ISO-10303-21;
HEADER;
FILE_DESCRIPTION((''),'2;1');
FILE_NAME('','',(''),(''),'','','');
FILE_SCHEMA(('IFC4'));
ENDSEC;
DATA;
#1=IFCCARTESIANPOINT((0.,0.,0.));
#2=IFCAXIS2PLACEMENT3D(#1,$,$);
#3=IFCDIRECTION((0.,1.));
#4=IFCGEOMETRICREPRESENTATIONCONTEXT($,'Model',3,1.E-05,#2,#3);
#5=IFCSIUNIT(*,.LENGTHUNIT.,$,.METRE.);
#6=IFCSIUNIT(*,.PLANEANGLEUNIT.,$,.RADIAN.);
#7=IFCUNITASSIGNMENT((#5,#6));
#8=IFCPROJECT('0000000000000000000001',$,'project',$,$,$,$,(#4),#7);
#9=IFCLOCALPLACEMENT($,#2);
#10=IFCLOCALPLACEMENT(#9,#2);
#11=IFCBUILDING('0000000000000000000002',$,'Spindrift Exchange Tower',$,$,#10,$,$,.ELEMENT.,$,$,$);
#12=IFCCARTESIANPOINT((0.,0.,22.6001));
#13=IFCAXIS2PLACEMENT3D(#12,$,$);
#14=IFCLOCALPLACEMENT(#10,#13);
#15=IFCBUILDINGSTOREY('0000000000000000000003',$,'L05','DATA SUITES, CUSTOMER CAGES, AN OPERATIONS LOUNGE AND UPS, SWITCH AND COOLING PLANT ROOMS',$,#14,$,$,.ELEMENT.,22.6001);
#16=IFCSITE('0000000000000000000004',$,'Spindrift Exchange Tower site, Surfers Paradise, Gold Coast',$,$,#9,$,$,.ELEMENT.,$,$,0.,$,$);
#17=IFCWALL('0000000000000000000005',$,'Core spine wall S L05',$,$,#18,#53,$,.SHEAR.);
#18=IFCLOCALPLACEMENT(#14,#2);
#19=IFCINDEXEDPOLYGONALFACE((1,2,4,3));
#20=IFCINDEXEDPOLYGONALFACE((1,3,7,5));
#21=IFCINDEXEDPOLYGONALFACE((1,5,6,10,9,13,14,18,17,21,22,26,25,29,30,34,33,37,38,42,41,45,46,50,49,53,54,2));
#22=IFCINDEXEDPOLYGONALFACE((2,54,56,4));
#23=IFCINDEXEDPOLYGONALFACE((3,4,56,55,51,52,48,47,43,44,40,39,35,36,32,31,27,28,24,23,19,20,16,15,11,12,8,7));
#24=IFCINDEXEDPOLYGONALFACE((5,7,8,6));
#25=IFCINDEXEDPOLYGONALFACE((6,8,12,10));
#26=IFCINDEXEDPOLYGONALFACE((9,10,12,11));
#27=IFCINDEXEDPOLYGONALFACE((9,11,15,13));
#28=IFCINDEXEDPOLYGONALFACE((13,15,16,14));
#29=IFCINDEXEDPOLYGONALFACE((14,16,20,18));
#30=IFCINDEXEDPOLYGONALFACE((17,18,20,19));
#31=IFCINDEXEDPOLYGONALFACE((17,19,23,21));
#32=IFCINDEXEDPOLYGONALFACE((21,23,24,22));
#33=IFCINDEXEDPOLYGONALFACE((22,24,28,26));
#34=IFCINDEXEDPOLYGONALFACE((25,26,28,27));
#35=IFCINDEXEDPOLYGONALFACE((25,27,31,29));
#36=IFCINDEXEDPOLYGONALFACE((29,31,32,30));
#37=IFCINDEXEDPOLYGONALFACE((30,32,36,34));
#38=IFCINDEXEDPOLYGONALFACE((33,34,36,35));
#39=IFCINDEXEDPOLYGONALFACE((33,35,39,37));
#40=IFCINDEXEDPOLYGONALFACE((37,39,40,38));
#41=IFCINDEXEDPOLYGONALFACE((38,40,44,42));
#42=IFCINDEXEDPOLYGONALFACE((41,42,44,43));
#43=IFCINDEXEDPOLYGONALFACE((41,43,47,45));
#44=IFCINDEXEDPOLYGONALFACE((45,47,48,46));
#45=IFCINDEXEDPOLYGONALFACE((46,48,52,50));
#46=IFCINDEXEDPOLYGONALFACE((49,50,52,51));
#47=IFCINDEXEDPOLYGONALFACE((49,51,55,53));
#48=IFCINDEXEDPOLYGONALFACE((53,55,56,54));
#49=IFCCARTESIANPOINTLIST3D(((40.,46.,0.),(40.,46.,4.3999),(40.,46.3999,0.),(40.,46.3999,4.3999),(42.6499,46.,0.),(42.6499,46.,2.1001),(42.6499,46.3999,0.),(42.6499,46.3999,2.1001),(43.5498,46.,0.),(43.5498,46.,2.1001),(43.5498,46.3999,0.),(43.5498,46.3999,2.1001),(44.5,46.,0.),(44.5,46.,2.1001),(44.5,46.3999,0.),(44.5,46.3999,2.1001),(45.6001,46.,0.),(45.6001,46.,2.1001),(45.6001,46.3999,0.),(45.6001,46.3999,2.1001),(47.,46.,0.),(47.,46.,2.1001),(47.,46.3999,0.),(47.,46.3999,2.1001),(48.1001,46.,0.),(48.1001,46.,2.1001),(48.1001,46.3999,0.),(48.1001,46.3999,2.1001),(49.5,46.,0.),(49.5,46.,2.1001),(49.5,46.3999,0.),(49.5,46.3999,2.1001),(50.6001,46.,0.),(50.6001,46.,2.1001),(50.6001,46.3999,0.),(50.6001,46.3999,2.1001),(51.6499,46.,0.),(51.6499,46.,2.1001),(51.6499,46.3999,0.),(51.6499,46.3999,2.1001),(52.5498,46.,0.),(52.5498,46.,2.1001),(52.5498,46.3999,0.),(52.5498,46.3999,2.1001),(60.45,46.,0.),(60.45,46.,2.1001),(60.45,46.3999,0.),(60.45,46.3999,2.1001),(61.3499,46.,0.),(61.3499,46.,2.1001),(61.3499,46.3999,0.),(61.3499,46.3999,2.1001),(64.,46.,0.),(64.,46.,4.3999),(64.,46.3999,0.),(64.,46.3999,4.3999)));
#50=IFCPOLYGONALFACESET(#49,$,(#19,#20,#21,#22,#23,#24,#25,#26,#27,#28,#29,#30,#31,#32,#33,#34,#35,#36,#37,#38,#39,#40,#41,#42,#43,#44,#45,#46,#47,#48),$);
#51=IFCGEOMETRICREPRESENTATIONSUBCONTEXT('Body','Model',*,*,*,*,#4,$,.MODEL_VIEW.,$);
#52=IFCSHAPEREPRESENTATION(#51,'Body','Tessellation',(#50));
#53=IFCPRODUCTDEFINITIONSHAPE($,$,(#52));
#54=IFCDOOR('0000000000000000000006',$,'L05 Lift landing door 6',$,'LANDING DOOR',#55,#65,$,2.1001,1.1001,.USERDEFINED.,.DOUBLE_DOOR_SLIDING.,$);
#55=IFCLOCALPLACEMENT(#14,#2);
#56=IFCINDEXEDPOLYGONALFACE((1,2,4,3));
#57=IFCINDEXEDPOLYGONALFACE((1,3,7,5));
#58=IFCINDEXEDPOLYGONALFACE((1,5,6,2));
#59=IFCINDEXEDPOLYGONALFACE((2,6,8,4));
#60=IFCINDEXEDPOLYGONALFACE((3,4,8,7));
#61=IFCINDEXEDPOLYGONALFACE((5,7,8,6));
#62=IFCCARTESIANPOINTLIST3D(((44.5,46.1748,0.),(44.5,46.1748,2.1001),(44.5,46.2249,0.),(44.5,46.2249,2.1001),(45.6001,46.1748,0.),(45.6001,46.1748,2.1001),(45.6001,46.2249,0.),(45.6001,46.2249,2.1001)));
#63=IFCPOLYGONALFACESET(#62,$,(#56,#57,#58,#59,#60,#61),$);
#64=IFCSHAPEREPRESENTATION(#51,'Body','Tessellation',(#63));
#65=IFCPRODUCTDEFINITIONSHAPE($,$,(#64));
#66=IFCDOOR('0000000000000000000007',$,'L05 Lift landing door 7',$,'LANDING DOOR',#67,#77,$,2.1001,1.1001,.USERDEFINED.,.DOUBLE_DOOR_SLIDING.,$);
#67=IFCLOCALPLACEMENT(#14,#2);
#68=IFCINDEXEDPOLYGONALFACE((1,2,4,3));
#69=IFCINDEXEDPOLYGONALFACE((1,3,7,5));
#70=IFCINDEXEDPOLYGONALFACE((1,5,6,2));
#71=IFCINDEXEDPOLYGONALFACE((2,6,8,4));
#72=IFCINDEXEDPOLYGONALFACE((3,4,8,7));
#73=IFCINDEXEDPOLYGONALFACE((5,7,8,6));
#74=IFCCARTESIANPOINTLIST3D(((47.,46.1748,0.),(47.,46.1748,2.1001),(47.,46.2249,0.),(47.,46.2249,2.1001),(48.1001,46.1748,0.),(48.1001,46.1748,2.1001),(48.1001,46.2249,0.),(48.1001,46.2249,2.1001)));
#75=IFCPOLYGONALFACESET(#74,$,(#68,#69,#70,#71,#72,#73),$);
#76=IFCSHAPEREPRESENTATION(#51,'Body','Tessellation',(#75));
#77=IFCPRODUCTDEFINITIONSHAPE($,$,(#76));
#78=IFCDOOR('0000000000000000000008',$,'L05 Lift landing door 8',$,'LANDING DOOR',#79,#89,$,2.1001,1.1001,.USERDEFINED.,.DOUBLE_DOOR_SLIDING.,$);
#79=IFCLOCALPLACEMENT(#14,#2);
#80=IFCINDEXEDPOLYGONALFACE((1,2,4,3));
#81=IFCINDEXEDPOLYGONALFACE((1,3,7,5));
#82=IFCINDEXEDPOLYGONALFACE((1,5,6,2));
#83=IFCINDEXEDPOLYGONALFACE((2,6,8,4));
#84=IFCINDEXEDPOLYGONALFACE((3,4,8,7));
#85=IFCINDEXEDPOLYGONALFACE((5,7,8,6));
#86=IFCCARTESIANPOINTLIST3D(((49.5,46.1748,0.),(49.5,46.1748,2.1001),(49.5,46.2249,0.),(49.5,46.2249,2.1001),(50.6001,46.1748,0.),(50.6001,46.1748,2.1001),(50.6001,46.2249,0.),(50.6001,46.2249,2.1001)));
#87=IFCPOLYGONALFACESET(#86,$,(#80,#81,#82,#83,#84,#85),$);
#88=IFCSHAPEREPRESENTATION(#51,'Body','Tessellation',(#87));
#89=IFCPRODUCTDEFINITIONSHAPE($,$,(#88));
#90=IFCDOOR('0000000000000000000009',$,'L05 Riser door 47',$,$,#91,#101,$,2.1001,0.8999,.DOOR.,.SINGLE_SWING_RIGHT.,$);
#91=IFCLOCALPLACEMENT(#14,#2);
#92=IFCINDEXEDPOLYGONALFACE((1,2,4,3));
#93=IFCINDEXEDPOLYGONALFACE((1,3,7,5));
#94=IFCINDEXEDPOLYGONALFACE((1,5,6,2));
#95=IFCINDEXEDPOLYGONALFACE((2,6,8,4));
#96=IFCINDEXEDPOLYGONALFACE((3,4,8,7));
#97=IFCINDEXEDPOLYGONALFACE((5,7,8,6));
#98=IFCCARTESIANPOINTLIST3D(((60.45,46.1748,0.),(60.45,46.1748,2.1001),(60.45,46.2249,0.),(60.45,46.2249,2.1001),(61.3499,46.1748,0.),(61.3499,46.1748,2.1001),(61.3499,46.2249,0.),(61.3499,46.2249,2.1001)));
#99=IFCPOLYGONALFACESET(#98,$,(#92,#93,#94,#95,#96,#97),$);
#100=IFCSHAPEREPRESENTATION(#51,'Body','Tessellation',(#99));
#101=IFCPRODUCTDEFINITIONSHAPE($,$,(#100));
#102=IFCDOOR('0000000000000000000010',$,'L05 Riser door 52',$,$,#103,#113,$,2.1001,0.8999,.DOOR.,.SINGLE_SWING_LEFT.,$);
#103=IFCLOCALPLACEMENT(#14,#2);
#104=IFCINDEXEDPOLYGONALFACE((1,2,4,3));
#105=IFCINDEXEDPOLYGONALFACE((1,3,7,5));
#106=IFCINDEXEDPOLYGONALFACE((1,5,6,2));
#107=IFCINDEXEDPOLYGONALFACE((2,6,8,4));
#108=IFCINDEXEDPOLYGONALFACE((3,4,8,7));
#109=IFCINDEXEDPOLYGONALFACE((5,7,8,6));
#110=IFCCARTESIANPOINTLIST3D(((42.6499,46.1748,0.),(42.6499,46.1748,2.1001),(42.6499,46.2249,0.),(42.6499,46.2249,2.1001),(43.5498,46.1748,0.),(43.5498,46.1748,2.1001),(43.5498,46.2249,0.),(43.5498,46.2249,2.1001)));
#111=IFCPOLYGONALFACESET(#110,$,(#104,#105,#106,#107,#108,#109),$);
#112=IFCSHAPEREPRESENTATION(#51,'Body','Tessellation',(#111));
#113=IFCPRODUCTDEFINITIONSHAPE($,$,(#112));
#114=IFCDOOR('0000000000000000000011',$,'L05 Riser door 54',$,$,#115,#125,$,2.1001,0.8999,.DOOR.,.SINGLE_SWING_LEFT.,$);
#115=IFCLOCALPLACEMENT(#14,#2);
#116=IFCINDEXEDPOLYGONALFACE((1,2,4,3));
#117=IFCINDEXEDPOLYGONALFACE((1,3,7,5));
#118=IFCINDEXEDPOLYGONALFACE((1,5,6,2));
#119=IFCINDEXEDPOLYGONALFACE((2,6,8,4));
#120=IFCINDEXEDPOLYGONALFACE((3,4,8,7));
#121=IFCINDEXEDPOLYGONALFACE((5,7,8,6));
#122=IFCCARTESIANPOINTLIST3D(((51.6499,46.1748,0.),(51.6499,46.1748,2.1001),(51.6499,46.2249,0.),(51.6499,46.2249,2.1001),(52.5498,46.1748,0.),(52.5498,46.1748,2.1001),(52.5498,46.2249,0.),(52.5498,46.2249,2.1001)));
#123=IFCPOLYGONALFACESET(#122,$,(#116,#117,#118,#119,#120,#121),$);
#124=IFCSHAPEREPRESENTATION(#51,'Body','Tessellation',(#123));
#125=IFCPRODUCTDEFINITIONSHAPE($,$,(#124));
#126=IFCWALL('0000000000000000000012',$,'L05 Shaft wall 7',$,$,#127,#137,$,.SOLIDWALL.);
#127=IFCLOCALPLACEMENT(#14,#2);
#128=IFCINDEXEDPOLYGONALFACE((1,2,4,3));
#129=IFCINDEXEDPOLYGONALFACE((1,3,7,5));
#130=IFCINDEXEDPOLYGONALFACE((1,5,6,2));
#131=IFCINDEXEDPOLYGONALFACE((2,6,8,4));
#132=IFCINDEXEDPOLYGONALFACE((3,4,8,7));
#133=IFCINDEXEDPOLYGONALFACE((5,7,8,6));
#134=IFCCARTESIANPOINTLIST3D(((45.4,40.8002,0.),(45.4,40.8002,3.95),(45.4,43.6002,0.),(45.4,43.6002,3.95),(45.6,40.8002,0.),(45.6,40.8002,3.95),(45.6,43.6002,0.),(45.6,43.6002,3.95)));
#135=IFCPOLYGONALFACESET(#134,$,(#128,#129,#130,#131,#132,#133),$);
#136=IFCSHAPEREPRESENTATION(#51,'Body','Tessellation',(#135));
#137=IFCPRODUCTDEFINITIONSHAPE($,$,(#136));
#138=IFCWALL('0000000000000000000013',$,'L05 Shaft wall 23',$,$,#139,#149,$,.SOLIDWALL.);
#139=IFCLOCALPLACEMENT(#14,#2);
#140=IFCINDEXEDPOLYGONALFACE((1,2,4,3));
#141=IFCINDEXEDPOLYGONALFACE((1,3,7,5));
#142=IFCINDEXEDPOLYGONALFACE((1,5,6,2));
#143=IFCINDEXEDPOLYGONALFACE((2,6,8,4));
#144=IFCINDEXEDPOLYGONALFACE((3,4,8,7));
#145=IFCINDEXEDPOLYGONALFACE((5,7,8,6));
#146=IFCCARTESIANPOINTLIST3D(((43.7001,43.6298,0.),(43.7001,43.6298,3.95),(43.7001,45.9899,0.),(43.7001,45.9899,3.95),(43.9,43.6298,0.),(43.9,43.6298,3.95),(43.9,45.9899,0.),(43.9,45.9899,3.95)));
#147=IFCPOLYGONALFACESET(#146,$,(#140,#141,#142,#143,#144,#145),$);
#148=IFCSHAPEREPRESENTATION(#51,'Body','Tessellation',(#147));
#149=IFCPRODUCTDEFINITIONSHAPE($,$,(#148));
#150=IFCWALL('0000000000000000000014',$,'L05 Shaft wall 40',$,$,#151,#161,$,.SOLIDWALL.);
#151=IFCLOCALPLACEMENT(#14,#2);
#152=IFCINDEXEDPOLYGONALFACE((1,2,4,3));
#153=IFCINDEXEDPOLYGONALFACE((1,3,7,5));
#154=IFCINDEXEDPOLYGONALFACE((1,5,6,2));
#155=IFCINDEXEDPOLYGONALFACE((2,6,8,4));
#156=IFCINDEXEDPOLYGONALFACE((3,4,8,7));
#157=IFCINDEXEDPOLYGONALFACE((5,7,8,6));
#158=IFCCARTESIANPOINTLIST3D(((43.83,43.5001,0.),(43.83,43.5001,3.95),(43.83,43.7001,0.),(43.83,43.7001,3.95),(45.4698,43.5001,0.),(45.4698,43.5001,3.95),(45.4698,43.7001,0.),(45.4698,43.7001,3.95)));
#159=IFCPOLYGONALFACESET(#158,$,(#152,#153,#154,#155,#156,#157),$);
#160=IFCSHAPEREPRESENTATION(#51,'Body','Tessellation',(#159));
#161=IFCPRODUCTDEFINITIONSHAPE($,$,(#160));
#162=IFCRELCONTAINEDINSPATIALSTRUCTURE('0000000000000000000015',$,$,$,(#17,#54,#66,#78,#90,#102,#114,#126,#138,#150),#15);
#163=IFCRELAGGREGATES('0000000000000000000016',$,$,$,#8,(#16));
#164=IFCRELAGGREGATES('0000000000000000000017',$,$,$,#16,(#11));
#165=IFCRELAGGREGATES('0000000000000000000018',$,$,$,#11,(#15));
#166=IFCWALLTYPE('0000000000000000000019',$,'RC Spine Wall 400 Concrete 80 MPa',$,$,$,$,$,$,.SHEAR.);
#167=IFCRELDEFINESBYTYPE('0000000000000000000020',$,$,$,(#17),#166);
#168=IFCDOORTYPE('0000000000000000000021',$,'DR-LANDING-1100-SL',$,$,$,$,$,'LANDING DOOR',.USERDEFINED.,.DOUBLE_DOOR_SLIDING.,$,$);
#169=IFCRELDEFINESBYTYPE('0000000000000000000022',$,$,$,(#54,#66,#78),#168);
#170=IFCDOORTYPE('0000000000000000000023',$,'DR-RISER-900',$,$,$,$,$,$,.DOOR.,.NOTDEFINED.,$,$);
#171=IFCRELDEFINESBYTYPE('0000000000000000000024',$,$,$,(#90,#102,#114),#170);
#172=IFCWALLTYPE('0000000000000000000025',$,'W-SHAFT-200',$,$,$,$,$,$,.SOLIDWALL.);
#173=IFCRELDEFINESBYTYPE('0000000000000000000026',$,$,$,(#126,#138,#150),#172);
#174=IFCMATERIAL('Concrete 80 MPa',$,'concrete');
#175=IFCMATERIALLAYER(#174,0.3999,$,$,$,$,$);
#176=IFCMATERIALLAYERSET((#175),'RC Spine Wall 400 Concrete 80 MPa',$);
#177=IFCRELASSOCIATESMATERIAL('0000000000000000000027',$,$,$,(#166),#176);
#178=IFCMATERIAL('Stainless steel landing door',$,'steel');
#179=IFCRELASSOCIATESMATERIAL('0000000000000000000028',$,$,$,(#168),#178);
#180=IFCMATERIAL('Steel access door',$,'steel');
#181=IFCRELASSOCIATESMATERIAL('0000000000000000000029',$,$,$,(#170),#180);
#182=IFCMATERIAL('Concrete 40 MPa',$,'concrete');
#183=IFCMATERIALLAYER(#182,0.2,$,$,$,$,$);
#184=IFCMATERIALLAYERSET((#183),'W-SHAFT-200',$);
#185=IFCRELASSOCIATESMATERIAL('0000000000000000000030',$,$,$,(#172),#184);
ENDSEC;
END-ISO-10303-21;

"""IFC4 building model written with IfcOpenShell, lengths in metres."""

from ifc_helpers import new_model, si_unit, direction, frame, frame_2d, origin, place, context, subcontext, project, spatial, rectangle, extrude, source, transform, mapped, material, layer, layer_set, type_object, element, fill, save


model = new_model("IFC4")

# Units and contexts
model_context = context("Model", 3, precision=1e-05, world=origin(), true_north=direction((0.0, 1.0)))
body_context = subcontext(model_context, "Body", "Model", "MODEL_VIEW")
ifc_project = project(units=[si_unit("LENGTHUNIT", "METRE"), si_unit("PLANEANGLEUNIT", "RADIAN")], contexts=[model_context])

# Site, building, storey
site_placement = place(None, origin())
site = spatial("IfcSite", under=ifc_project, at=site_placement, Name="Spindrift Exchange Tower site, Surfers Paradise, Gold Coast", CompositionType="ELEMENT", RefElevation=0.0)
building_placement = place(site_placement, origin())
building = spatial("IfcBuilding", under=site, at=building_placement, Name="Spindrift Exchange Tower", CompositionType="ELEMENT")
storey_placement = place(building_placement, frame((0.0, 0.0, 22.6001)))
storey = spatial("IfcBuildingStorey", under=building, at=storey_placement, Name="L05", Description="DATA SUITES, CUSTOMER CAGES, AN OPERATIONS LOUNGE AND UPS, SWITCH AND COOLING PLANT ROOMS", CompositionType="ELEMENT", Elevation=22.6001)

# Wall, openings, doors
ifc_material_1 = material(Name="Concrete 80 MPa", Category="concrete")
ifc_layer_1 = layer(ifc_material_1, 0.3999)
ifc_layer_set_1 = layer_set([ifc_layer_1], Name="RC Spine Wall 400 Concrete 80 MPa")
wall_type_1 = type_object("IfcWallType", Name="RC Spine Wall 400 Concrete 80 MPa", PredefinedType="SHEAR", material=ifc_layer_set_1)
ifc_material_2 = material(Name="Stainless steel landing door", Category="steel")
door_type_1 = type_object("IfcDoorType", Name="DR-LANDING-1100-SL", ElementType="LANDING DOOR", OperationType="DOUBLE_DOOR_SLIDING", PredefinedType="USERDEFINED", material=ifc_material_2)
shared_shape_1 = source(origin(), body_context, "Body", "SweptSolid", [
    extrude(rectangle(XDim=1.1001, YDim=2.1001, at=frame_2d((0.55, 1.05))), frame((0.0, 0.0249, 0.0), z_axis=(0.0, -1.0, 0.0), x_axis=(1.0, 0.0, 0.0)), (0.0, 0.0, 1.0), 0.05),
])
ifc_material_3 = material(Name="Steel access door", Category="steel")
door_type_2 = type_object("IfcDoorType", Name="DR-RISER-900", OperationType="NOTDEFINED", PredefinedType="DOOR", material=ifc_material_3)
shared_shape_2 = source(origin(), body_context, "Body", "SweptSolid", [
    extrude(rectangle(XDim=0.8999, YDim=2.1001, at=frame_2d((0.45, 1.05))), frame((0.0, 0.0249, 0.0), z_axis=(0.0, -1.0, 0.0), x_axis=(1.0, 0.0, 0.0)), (0.0, 0.0, 1.0), 0.05),
])
wall_1_placement = place(storey_placement, frame((40.0, 46.2, 0.0), z_axis=(0.0, 0.0, 1.0), x_axis=(1.0, 0.0, 0.0)))
wall_1 = element("IfcWall", 1, at=wall_1_placement, inside=storey, type_object=wall_type_1, Name="Core spine wall S L05", PredefinedType="SHEAR", context=body_context, shape_type="SweptSolid", body=[
    extrude(rectangle(XDim=24.0, YDim=0.3999, at=frame_2d((12.0, 0.0))), origin(), (0.0, 0.0, 1.0), 4.3999),
])
opening_1_placement = place(wall_1_placement, frame((4.5, 0.0, 0.0)))
opening_1 = element("IfcOpeningElement", 2, at=opening_1_placement, cuts=wall_1, PredefinedType="OPENING", context=body_context, shape_type="SweptSolid", body=[
    extrude(rectangle(XDim=1.1001, YDim=2.1001, at=frame_2d((0.55, 1.05))), frame((0.0, 0.21, 0.0), z_axis=(0.0, -1.0, 0.0), x_axis=(1.0, 0.0, 0.0)), (0.0, 0.0, 1.0), 0.4199),
])
opening_2_placement = place(wall_1_placement, frame((7.0, 0.0, 0.0)))
opening_2 = element("IfcOpeningElement", 3, at=opening_2_placement, cuts=wall_1, PredefinedType="OPENING", context=body_context, shape_type="SweptSolid", body=[
    extrude(rectangle(XDim=1.1001, YDim=2.1001, at=frame_2d((0.55, 1.05))), frame((0.0, 0.21, 0.0), z_axis=(0.0, -1.0, 0.0), x_axis=(1.0, 0.0, 0.0)), (0.0, 0.0, 1.0), 0.4199),
])
opening_3_placement = place(wall_1_placement, frame((9.5, 0.0, 0.0)))
opening_3 = element("IfcOpeningElement", 4, at=opening_3_placement, cuts=wall_1, PredefinedType="OPENING", context=body_context, shape_type="SweptSolid", body=[
    extrude(rectangle(XDim=1.1001, YDim=2.1001, at=frame_2d((0.55, 1.05))), frame((0.0, 0.21, 0.0), z_axis=(0.0, -1.0, 0.0), x_axis=(1.0, 0.0, 0.0)), (0.0, 0.0, 1.0), 0.4199),
])
opening_4_placement = place(wall_1_placement, frame((20.45, 0.0, 0.0)))
opening_4 = element("IfcOpeningElement", 5, at=opening_4_placement, cuts=wall_1, PredefinedType="OPENING", context=body_context, shape_type="SweptSolid", body=[
    extrude(rectangle(XDim=0.8999, YDim=2.1001, at=frame_2d((0.45, 1.05))), frame((0.0, 0.21, 0.0), z_axis=(0.0, -1.0, 0.0), x_axis=(1.0, 0.0, 0.0)), (0.0, 0.0, 1.0), 0.4199),
])
opening_5_placement = place(wall_1_placement, frame((2.6499, 0.0, 0.0)))
opening_5 = element("IfcOpeningElement", 6, at=opening_5_placement, cuts=wall_1, PredefinedType="OPENING", context=body_context, shape_type="SweptSolid", body=[
    extrude(rectangle(XDim=0.8999, YDim=2.1001, at=frame_2d((0.45, 1.05))), frame((0.0, 0.21, 0.0), z_axis=(0.0, -1.0, 0.0), x_axis=(1.0, 0.0, 0.0)), (0.0, 0.0, 1.0), 0.4199),
])
opening_6_placement = place(wall_1_placement, frame((11.6499, 0.0, 0.0)))
opening_6 = element("IfcOpeningElement", 7, at=opening_6_placement, cuts=wall_1, PredefinedType="OPENING", context=body_context, shape_type="SweptSolid", body=[
    extrude(rectangle(XDim=0.8999, YDim=2.1001, at=frame_2d((0.45, 1.05))), frame((0.0, 0.21, 0.0), z_axis=(0.0, -1.0, 0.0), x_axis=(1.0, 0.0, 0.0)), (0.0, 0.0, 1.0), 0.4199),
])
door_1_placement = place(opening_1_placement, origin())
door_1 = element("IfcDoor", 8, at=door_1_placement, inside=storey, type_object=door_type_1, Name="L05 Lift landing door 6", ObjectType="LANDING DOOR", OperationType="DOUBLE_DOOR_SLIDING", OverallHeight=2.1001, OverallWidth=1.1001, PredefinedType="USERDEFINED", context=body_context, shape_type="MappedRepresentation", body=[
    mapped(shared_shape_1, transform((0.0, 0.0, 0.0), scale=1.0)),
])
fill(opening_1, door_1)
door_2_placement = place(opening_2_placement, origin())
door_2 = element("IfcDoor", 9, at=door_2_placement, inside=storey, type_object=door_type_1, Name="L05 Lift landing door 7", ObjectType="LANDING DOOR", OperationType="DOUBLE_DOOR_SLIDING", OverallHeight=2.1001, OverallWidth=1.1001, PredefinedType="USERDEFINED", context=body_context, shape_type="MappedRepresentation", body=[
    mapped(shared_shape_1, transform((0.0, 0.0, 0.0), scale=1.0)),
])
fill(opening_2, door_2)
door_3_placement = place(opening_3_placement, origin())
door_3 = element("IfcDoor", 10, at=door_3_placement, inside=storey, type_object=door_type_1, Name="L05 Lift landing door 8", ObjectType="LANDING DOOR", OperationType="DOUBLE_DOOR_SLIDING", OverallHeight=2.1001, OverallWidth=1.1001, PredefinedType="USERDEFINED", context=body_context, shape_type="MappedRepresentation", body=[
    mapped(shared_shape_1, transform((0.0, 0.0, 0.0), scale=1.0)),
])
fill(opening_3, door_3)
door_4_placement = place(opening_4_placement, origin())
door_4 = element("IfcDoor", 11, at=door_4_placement, inside=storey, type_object=door_type_2, Name="L05 Riser door 47", OperationType="SINGLE_SWING_RIGHT", OverallHeight=2.1001, OverallWidth=0.8999, PredefinedType="DOOR", context=body_context, shape_type="MappedRepresentation", body=[
    mapped(shared_shape_2, transform((0.0, 0.0, 0.0), scale=1.0)),
])
fill(opening_4, door_4)
door_5_placement = place(opening_5_placement, origin())
door_5 = element("IfcDoor", 12, at=door_5_placement, inside=storey, type_object=door_type_2, Name="L05 Riser door 52", OperationType="SINGLE_SWING_LEFT", OverallHeight=2.1001, OverallWidth=0.8999, PredefinedType="DOOR", context=body_context, shape_type="MappedRepresentation", body=[
    mapped(shared_shape_2, transform((0.0, 0.0, 0.0), scale=1.0)),
])
fill(opening_5, door_5)
door_6_placement = place(opening_6_placement, origin())
door_6 = element("IfcDoor", 13, at=door_6_placement, inside=storey, type_object=door_type_2, Name="L05 Riser door 54", OperationType="SINGLE_SWING_LEFT", OverallHeight=2.1001, OverallWidth=0.8999, PredefinedType="DOOR", context=body_context, shape_type="MappedRepresentation", body=[
    mapped(shared_shape_2, transform((0.0, 0.0, 0.0), scale=1.0)),
])
fill(opening_6, door_6)

# Walls
ifc_material_4 = material(Name="Concrete 40 MPa", Category="concrete")
ifc_layer_2 = layer(ifc_material_4, 0.2)
ifc_layer_set_2 = layer_set([ifc_layer_2], Name="W-SHAFT-200")
wall_type_2 = type_object("IfcWallType", Name="W-SHAFT-200", PredefinedType="SOLIDWALL", material=ifc_layer_set_2)
wall_2_placement = place(storey_placement, frame((45.5, 43.6001, 0.0), z_axis=(0.0, 0.0, 1.0), x_axis=(0.0, -1.0, 0.0)))
element("IfcWall", 14, at=wall_2_placement, inside=storey, type_object=wall_type_2, Name="L05 Shaft wall 7", PredefinedType="SOLIDWALL", context=body_context, shape_type="SweptSolid", body=[
    extrude(rectangle(XDim=2.8, YDim=0.2, at=frame_2d((1.3999, 0.0))), origin(), (0.0, 0.0, 1.0), 3.95),
])
wall_3_placement = place(storey_placement, frame((43.8, 45.99, 0.0), z_axis=(0.0, 0.0, 1.0), x_axis=(0.0, -1.0, 0.0)))
element("IfcWall", 15, at=wall_3_placement, inside=storey, type_object=wall_type_2, Name="L05 Shaft wall 23", PredefinedType="SOLIDWALL", context=body_context, shape_type="SweptSolid", body=[
    extrude(rectangle(XDim=2.3601, YDim=0.2, at=frame_2d((1.1802, 0.0))), origin(), (0.0, 0.0, 1.0), 3.95),
])
wall_4_placement = place(storey_placement, frame((43.8301, 43.6001, 0.0), z_axis=(0.0, 0.0, 1.0), x_axis=(1.0, 0.0, 0.0)))
element("IfcWall", 16, at=wall_4_placement, inside=storey, type_object=wall_type_2, Name="L05 Shaft wall 40", PredefinedType="SOLIDWALL", context=body_context, shape_type="SweptSolid", body=[
    extrude(rectangle(XDim=1.6399, YDim=0.2, at=frame_2d((0.8198, 0.0))), origin(), (0.0, 0.0, 1.0), 3.95),
])

save(model, "model.ifc")
